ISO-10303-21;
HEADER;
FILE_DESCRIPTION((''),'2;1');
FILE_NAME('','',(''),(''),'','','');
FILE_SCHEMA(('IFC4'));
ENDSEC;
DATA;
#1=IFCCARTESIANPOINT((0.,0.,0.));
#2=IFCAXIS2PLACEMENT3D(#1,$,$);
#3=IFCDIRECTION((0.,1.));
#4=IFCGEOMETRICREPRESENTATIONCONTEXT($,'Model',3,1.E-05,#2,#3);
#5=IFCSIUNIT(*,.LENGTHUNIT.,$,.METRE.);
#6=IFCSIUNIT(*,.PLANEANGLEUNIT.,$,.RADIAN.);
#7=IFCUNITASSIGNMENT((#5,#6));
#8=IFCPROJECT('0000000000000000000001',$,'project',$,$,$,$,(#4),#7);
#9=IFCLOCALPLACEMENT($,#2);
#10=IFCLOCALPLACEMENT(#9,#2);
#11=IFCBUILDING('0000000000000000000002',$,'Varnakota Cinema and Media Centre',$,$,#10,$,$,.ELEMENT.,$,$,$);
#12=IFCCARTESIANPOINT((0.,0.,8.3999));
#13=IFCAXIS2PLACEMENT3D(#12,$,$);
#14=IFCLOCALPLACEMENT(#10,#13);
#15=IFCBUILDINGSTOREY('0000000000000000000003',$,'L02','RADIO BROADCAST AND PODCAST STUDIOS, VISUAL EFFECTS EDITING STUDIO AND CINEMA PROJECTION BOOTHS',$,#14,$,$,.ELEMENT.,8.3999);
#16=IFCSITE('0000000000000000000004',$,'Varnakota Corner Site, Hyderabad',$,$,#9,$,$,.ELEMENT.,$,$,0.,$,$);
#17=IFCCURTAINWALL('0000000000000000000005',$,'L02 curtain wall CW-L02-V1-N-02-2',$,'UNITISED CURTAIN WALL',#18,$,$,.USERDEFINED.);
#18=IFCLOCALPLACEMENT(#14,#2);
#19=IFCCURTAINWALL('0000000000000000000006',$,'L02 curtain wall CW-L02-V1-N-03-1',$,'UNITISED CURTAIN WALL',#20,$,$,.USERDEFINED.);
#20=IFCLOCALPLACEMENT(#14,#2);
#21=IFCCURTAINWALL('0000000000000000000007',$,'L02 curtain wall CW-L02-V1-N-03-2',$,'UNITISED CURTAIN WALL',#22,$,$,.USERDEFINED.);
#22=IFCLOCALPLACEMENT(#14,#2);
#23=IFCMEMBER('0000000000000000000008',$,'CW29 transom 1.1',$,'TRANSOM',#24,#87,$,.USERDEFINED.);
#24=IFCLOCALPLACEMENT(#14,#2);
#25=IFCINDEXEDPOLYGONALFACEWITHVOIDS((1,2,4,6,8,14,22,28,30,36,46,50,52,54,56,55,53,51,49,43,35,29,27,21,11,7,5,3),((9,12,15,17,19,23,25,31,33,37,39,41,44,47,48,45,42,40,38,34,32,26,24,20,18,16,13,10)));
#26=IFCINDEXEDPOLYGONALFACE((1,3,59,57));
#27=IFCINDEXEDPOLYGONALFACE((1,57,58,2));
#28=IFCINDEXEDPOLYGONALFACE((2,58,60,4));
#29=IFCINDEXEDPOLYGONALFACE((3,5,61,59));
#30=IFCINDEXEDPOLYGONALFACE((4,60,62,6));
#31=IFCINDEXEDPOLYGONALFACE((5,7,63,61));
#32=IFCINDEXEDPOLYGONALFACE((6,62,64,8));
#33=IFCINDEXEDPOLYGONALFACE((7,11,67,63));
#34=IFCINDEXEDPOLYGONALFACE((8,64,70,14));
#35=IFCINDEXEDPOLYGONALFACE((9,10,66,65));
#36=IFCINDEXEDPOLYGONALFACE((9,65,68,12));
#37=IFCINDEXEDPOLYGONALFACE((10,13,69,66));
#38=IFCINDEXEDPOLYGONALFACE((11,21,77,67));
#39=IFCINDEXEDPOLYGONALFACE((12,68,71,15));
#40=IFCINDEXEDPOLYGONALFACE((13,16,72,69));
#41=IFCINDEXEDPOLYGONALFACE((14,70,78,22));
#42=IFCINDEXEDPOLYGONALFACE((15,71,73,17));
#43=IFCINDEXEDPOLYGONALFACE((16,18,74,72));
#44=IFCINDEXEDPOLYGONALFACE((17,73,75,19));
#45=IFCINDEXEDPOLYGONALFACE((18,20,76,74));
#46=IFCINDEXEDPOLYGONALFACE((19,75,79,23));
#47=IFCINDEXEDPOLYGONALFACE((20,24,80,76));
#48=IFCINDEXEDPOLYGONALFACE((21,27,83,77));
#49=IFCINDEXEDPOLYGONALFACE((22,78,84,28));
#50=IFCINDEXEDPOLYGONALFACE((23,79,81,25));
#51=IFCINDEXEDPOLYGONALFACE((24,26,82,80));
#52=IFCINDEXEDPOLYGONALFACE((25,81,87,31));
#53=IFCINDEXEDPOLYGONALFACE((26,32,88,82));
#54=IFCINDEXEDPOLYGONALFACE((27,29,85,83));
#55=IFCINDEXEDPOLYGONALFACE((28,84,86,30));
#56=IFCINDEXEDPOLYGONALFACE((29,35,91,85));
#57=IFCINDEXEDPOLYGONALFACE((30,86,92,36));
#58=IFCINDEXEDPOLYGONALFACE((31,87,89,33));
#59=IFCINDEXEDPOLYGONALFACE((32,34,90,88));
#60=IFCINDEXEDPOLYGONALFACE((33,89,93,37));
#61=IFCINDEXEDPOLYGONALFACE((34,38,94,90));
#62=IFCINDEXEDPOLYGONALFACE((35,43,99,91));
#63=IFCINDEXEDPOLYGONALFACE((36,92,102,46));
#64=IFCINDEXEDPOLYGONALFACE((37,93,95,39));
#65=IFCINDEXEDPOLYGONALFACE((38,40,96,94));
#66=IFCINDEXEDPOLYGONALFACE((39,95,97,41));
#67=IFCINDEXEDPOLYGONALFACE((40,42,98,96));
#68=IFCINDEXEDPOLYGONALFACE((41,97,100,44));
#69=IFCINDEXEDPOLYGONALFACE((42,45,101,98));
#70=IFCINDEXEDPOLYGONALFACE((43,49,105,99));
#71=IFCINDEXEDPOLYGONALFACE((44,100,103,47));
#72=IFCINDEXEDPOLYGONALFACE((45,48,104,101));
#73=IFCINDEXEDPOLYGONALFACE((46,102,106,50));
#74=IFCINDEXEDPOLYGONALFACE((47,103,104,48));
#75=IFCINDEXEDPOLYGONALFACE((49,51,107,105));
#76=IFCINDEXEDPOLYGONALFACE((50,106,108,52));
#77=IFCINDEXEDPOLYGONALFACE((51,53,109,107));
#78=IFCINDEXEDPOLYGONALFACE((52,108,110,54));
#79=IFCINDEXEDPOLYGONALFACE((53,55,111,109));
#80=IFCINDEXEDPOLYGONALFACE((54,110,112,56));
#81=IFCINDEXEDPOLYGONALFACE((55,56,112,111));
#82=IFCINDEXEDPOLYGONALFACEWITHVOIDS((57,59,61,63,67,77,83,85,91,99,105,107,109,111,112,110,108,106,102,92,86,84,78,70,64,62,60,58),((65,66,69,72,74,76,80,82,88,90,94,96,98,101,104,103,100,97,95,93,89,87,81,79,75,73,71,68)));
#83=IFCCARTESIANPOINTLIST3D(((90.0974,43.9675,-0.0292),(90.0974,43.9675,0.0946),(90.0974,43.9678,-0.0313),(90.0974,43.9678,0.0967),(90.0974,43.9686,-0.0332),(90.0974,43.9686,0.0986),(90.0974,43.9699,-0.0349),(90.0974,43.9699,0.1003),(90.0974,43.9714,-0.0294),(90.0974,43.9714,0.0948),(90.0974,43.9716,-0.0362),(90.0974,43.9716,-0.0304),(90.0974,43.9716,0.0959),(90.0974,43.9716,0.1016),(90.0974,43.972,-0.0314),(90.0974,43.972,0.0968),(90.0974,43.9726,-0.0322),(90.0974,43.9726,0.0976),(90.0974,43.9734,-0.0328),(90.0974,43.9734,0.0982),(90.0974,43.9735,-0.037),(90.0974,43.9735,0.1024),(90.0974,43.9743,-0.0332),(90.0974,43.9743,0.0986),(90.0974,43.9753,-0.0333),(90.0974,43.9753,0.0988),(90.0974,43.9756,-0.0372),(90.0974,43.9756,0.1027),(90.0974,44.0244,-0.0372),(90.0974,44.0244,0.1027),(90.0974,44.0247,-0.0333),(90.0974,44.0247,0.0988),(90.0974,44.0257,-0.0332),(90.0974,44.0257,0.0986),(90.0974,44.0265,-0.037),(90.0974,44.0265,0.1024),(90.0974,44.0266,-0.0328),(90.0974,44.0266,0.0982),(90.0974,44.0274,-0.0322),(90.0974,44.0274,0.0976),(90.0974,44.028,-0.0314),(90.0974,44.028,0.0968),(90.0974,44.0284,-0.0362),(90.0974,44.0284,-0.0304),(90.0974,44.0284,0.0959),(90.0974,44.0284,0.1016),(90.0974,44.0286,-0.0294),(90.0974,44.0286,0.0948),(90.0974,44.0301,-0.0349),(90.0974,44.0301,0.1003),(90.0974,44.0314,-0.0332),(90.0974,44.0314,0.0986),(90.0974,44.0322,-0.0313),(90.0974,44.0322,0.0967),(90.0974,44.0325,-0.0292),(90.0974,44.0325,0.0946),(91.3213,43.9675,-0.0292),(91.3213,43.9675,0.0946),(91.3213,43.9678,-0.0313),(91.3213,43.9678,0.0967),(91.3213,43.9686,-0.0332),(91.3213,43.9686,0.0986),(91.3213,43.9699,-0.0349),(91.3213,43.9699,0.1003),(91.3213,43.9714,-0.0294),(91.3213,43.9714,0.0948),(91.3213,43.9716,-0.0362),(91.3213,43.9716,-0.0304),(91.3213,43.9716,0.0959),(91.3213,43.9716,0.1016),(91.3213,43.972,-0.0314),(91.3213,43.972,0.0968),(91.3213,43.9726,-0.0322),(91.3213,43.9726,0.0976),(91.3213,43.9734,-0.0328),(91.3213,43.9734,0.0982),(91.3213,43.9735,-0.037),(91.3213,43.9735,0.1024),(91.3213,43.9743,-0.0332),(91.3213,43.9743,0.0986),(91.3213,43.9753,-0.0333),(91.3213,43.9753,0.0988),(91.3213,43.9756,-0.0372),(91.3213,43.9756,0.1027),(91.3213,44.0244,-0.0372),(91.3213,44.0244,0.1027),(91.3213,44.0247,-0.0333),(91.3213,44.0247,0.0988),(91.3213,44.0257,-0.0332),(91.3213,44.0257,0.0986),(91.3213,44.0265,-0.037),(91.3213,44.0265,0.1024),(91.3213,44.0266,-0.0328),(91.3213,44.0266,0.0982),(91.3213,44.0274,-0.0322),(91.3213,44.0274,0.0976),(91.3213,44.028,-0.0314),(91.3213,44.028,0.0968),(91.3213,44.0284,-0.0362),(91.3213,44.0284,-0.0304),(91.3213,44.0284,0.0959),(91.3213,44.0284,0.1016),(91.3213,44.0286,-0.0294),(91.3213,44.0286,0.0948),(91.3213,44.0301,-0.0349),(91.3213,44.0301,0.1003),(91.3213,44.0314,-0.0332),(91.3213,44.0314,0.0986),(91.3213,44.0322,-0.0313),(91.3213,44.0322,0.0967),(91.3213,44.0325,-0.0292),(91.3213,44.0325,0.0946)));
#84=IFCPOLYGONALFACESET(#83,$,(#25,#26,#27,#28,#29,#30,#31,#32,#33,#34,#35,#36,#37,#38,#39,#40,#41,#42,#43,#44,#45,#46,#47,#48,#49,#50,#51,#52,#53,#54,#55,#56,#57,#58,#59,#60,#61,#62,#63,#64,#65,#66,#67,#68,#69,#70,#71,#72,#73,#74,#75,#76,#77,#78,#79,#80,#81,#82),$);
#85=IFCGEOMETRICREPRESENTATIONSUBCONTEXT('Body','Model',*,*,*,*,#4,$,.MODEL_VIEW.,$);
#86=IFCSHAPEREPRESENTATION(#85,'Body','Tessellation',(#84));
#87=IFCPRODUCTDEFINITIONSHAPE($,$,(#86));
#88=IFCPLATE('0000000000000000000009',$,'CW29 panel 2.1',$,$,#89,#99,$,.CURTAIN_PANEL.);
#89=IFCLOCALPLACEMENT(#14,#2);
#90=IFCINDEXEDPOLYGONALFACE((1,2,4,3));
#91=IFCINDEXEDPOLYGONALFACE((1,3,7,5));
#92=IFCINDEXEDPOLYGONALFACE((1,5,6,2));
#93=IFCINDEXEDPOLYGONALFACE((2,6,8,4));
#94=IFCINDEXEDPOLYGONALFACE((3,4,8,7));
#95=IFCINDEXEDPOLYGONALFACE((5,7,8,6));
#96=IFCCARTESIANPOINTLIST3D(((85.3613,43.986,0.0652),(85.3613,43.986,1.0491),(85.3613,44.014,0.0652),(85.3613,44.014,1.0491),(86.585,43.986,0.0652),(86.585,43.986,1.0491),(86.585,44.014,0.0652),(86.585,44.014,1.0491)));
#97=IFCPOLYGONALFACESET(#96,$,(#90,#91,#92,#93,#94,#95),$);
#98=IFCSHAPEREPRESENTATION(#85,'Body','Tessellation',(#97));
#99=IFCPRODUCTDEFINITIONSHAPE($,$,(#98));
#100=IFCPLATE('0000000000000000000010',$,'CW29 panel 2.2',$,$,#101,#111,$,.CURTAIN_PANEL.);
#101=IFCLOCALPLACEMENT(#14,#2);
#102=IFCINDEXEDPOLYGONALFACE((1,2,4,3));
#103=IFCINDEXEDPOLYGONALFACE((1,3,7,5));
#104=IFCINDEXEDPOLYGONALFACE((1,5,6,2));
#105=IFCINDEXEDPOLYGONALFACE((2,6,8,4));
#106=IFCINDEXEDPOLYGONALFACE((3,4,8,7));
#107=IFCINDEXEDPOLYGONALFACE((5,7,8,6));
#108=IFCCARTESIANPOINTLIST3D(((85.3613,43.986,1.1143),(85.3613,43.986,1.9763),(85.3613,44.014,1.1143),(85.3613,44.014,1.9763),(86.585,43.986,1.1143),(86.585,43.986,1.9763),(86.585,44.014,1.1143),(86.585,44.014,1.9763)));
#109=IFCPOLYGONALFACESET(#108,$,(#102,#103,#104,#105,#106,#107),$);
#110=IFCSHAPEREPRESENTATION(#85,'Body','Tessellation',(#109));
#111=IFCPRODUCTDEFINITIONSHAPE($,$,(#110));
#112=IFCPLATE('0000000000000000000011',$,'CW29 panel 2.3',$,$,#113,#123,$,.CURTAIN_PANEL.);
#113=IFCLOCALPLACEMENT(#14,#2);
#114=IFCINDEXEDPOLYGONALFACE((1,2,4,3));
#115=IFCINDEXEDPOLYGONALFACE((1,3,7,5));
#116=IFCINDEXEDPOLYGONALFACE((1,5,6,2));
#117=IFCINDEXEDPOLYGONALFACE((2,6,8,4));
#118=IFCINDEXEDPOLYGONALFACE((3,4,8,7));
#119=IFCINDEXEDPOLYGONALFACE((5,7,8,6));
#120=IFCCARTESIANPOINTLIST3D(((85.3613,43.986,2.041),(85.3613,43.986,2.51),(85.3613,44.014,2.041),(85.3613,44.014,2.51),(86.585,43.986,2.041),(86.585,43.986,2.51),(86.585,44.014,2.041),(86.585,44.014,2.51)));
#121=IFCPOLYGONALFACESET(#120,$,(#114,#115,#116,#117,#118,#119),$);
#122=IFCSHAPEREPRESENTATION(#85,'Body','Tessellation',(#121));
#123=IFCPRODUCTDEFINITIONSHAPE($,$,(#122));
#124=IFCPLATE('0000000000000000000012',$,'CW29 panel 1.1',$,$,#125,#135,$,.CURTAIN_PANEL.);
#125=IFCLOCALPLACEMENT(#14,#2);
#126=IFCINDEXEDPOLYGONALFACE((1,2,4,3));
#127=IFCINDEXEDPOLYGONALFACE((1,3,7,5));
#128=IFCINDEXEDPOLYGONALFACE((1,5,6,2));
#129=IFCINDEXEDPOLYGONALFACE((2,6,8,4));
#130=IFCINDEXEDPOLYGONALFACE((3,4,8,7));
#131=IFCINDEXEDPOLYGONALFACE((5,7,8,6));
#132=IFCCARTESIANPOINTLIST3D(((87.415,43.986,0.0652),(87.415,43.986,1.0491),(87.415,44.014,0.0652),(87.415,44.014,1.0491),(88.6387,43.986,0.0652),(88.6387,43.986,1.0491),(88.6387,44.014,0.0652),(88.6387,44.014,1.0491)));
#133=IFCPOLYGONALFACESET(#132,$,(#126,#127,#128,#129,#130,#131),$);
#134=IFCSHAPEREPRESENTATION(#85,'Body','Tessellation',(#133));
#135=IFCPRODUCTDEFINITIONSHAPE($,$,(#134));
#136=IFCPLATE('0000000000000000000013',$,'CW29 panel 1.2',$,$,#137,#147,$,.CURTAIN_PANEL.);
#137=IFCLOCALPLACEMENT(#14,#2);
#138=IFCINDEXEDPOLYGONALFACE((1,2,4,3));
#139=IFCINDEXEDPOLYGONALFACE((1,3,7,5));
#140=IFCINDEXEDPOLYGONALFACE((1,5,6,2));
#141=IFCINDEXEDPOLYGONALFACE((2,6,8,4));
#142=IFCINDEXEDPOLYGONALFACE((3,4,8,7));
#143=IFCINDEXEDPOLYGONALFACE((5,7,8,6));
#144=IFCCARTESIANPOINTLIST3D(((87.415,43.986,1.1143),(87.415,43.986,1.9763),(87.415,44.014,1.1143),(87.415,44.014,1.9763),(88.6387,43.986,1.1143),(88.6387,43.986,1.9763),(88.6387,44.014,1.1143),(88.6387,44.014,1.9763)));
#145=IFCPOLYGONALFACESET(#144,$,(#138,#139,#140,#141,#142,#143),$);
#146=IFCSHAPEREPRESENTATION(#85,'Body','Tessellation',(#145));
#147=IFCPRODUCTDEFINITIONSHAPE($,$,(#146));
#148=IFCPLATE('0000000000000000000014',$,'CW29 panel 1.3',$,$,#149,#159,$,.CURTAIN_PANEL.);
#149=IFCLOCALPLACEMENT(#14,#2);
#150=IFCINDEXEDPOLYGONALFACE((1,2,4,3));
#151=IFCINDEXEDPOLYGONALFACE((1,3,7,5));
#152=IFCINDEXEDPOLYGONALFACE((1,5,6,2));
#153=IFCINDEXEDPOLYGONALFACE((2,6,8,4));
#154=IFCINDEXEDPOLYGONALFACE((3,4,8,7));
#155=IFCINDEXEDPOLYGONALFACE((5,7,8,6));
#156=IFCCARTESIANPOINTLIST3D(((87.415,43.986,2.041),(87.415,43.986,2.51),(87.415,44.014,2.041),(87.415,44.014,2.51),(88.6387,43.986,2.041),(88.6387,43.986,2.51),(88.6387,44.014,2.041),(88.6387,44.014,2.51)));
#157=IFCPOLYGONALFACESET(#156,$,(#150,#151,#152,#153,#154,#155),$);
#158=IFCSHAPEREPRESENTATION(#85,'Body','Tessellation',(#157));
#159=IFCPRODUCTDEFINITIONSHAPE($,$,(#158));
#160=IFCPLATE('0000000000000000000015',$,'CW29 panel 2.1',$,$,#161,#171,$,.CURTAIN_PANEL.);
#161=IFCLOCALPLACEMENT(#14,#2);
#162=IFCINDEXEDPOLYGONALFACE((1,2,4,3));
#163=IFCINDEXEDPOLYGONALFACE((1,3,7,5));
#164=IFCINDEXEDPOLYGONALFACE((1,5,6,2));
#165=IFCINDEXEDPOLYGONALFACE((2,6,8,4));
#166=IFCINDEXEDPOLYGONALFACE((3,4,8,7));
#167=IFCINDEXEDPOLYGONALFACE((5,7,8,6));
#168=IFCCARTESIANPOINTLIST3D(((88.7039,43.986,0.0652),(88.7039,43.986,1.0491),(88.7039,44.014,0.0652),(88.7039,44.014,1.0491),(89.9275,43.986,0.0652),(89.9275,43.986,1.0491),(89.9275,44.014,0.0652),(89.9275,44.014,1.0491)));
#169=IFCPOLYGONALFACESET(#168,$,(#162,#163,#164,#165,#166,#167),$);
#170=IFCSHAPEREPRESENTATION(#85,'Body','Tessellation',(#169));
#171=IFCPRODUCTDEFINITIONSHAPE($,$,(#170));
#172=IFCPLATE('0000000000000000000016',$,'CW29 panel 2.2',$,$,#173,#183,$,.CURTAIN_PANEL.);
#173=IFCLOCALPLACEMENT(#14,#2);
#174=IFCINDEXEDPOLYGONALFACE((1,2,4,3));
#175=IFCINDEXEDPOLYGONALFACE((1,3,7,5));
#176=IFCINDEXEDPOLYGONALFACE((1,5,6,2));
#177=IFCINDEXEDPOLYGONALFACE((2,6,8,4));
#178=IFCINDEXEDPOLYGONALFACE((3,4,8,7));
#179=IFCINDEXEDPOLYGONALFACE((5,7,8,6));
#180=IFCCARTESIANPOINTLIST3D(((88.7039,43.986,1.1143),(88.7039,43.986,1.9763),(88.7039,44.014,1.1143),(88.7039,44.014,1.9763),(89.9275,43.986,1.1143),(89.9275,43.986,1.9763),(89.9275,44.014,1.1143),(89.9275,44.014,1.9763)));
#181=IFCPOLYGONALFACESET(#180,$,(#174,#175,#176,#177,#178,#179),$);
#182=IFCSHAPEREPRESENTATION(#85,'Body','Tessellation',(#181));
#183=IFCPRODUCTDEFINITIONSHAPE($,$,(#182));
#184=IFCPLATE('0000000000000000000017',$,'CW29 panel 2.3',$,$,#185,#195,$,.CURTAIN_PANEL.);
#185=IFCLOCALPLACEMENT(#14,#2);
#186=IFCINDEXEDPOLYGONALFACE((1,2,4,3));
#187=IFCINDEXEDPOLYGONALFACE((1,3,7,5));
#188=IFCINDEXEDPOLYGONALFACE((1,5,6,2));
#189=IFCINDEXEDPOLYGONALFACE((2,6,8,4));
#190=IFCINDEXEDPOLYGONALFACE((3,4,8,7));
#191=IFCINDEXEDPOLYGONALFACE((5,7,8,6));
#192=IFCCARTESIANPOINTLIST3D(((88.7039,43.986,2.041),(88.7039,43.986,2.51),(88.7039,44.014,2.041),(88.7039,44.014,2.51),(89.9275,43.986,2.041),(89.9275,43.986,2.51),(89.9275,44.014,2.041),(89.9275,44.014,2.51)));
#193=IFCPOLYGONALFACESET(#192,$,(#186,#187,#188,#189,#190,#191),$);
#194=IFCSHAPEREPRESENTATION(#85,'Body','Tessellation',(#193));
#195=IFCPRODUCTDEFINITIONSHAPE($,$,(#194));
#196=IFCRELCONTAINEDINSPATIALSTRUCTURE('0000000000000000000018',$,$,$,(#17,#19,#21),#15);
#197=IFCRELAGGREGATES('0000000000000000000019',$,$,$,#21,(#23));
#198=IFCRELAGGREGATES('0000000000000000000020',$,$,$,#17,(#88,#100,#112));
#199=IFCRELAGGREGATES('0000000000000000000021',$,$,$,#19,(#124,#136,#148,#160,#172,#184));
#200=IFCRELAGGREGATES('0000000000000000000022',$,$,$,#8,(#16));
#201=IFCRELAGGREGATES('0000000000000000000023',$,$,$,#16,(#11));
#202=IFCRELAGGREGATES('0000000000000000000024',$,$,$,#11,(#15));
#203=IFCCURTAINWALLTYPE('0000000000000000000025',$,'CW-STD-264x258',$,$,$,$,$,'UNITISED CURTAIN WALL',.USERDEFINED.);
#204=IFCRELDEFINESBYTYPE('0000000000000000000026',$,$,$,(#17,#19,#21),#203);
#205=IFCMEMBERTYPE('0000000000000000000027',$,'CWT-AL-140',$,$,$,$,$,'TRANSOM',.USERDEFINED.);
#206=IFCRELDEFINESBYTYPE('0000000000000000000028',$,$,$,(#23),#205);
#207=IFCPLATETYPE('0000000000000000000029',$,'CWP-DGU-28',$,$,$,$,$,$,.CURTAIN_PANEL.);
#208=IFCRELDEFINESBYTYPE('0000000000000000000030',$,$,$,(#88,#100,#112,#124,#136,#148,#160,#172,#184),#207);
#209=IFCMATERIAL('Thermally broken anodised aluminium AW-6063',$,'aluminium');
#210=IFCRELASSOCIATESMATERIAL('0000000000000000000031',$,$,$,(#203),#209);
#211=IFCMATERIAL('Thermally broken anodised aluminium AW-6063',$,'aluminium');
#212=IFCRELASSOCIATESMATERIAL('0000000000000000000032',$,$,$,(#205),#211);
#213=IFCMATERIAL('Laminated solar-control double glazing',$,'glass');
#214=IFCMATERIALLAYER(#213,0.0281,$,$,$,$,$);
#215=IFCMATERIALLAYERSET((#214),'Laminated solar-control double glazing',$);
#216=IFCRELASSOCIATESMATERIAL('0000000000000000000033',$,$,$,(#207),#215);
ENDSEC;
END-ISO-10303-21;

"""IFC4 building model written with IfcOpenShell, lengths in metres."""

from ifc_helpers import new_model, si_unit, direction, frame, origin, origin_2d, place, context, subcontext, project, spatial, rectangle, hollow_rectangle, extrude, material, layer, layer_set, material_profile, profile_set, type_object, element, aggregate, save


model = new_model("IFC4")

# Units and contexts
model_context = context("Model", 3, precision=1e-05, world=origin(), true_north=direction((0.0, 1.0)))
body_context = subcontext(model_context, "Body", "Model", "MODEL_VIEW")
ifc_project = project(units=[si_unit("LENGTHUNIT", "METRE"), si_unit("PLANEANGLEUNIT", "RADIAN")], contexts=[model_context])

# Site, building, storey
site_placement = place(None, origin())
site = spatial("IfcSite", under=ifc_project, at=site_placement, Name="Varnakota Corner Site, Hyderabad", CompositionType="ELEMENT", RefElevation=0.0)
building_placement = place(site_placement, origin())
building = spatial("IfcBuilding", under=site, at=building_placement, Name="Varnakota Cinema and Media Centre", CompositionType="ELEMENT")
storey_placement = place(building_placement, frame((0.0, 0.0, 8.3999)))
storey = spatial("IfcBuildingStorey", under=building, at=storey_placement, Name="L02", Description="RADIO BROADCAST AND PODCAST STUDIOS, VISUAL EFFECTS EDITING STUDIO AND CINEMA PROJECTION BOOTHS", CompositionType="ELEMENT", Elevation=8.3999)

# Curtain wall
ifc_material_1 = material(Name="Thermally broken anodised aluminium AW-6063", Category="aluminium")
curtain_wall_type = type_object("IfcCurtainWallType", Name="CW-STD-264x258", ElementType="UNITISED CURTAIN WALL", PredefinedType="USERDEFINED", material=ifc_material_1)
curtain_wall_1_placement = place(storey_placement, origin())
curtain_wall_1 = element("IfcCurtainWall", 1, at=curtain_wall_1_placement, inside=storey, type_object=curtain_wall_type, Name="L02 curtain wall CW-L02-V1-N-02-2", ObjectType="UNITISED CURTAIN WALL", PredefinedType="USERDEFINED")

# Curtain wall
curtain_wall_2_placement = place(storey_placement, origin())
curtain_wall_2 = element("IfcCurtainWall", 2, at=curtain_wall_2_placement, inside=storey, type_object=curtain_wall_type, Name="L02 curtain wall CW-L02-V1-N-03-1", ObjectType="UNITISED CURTAIN WALL", PredefinedType="USERDEFINED")

# Curtain wall
curtain_wall_3_placement = place(storey_placement, origin())
curtain_wall_3 = element("IfcCurtainWall", 3, at=curtain_wall_3_placement, inside=storey, type_object=curtain_wall_type, Name="L02 curtain wall CW-L02-V1-N-03-2", ObjectType="UNITISED CURTAIN WALL", PredefinedType="USERDEFINED")

# Member
ifc_material_2 = material(Name="Thermally broken anodised aluminium AW-6063", Category="aluminium")
ifc_material_profile_1 = material_profile(ifc_material_2, hollow_rectangle(XDim=0.0649, YDim=0.1399, WallThickness=0.0039, InnerFilletRadius=0.0039, OuterFilletRadius=0.0081, at=origin_2d()), Name="AL-TRANSOM 140x65x4")
ifc_profile_set_1 = profile_set([ifc_material_profile_1], Name="Thermally broken anodised aluminium AW-6063")
member_type_1 = type_object("IfcMemberType", Name="CWT-AL-140", ElementType="TRANSOM", PredefinedType="USERDEFINED", material=ifc_profile_set_1)
member_1_placement = place(storey_placement, frame((90.0974, 44.0, 0.0327), z_axis=(1.0, 0.0, 0.0), x_axis=(0.0, 1.0, 0.0)))
member_1 = element("IfcMember", 4, at=member_1_placement, type_object=member_type_1, Name="CW29 transom 1.1", ObjectType="TRANSOM", PredefinedType="USERDEFINED", context=body_context, shape_type="SweptSolid", body=[
    extrude(hollow_rectangle(XDim=0.0649, YDim=0.1399, WallThickness=0.0039, InnerFilletRadius=0.0039, OuterFilletRadius=0.0081, at=origin_2d()), origin(), (0.0, 0.0, 1.0), 1.2239),
])
aggregate(curtain_wall_3, [member_1])

# Plates
ifc_material_3 = material(Name="Laminated solar-control double glazing", Category="glass")
ifc_layer = layer(ifc_material_3, 0.0281)
ifc_layer_set = layer_set([ifc_layer], Name="Laminated solar-control double glazing")
plate_type = type_object("IfcPlateType", Name="CWP-DGU-28", PredefinedType="CURTAIN_PANEL", material=ifc_layer_set)
plate_1_placement = place(storey_placement, frame((85.9731, 44.0, 0.0652), z_axis=(0.0, 0.0, 1.0), x_axis=(1.0, 0.0, 0.0)))
plate_1 = element("IfcPlate", 5, at=plate_1_placement, type_object=plate_type, Name="CW29 panel 2.1", PredefinedType="CURTAIN_PANEL", context=body_context, shape_type="SweptSolid", body=[
    extrude(rectangle(XDim=1.2236, YDim=0.0281, at=origin_2d()), origin(), (0.0, 0.0, 1.0), 0.9839),
])
plate_2_placement = place(storey_placement, frame((85.9731, 44.0, 1.1143), z_axis=(0.0, 0.0, 1.0), x_axis=(1.0, 0.0, 0.0)))
plate_2 = element("IfcPlate", 6, at=plate_2_placement, type_object=plate_type, Name="CW29 panel 2.2", PredefinedType="CURTAIN_PANEL", context=body_context, shape_type="SweptSolid", body=[
    extrude(rectangle(XDim=1.2236, YDim=0.0281, at=origin_2d()), origin(), (0.0, 0.0, 1.0), 0.8621),
])
plate_3_placement = place(storey_placement, frame((85.9731, 44.0, 2.041), z_axis=(0.0, 0.0, 1.0), x_axis=(1.0, 0.0, 0.0)))
plate_3 = element("IfcPlate", 7, at=plate_3_placement, type_object=plate_type, Name="CW29 panel 2.3", PredefinedType="CURTAIN_PANEL", context=body_context, shape_type="SweptSolid", body=[
    extrude(rectangle(XDim=1.2236, YDim=0.0281, at=origin_2d()), origin(), (0.0, 0.0, 1.0), 0.469),
])
aggregate(curtain_wall_1, [plate_1, plate_2, plate_3])
plate_4_placement = place(storey_placement, frame((88.0269, 44.0, 0.0652), z_axis=(0.0, 0.0, 1.0), x_axis=(1.0, 0.0, 0.0)))
plate_4 = element("IfcPlate", 8, at=plate_4_placement, type_object=plate_type, Name="CW29 panel 1.1", PredefinedType="CURTAIN_PANEL", context=body_context, shape_type="SweptSolid", body=[
    extrude(rectangle(XDim=1.2236, YDim=0.0281, at=origin_2d()), origin(), (0.0, 0.0, 1.0), 0.9839),
])
plate_5_placement = place(storey_placement, frame((88.0269, 44.0, 1.1143), z_axis=(0.0, 0.0, 1.0), x_axis=(1.0, 0.0, 0.0)))
plate_5 = element("IfcPlate", 9, at=plate_5_placement, type_object=plate_type, Name="CW29 panel 1.2", PredefinedType="CURTAIN_PANEL", context=body_context, shape_type="SweptSolid", body=[
    extrude(rectangle(XDim=1.2236, YDim=0.0281, at=origin_2d()), origin(), (0.0, 0.0, 1.0), 0.8621),
])
plate_6_placement = place(storey_placement, frame((88.0269, 44.0, 2.041), z_axis=(0.0, 0.0, 1.0), x_axis=(1.0, 0.0, 0.0)))
plate_6 = element("IfcPlate", 10, at=plate_6_placement, type_object=plate_type, Name="CW29 panel 1.3", PredefinedType="CURTAIN_PANEL", context=body_context, shape_type="SweptSolid", body=[
    extrude(rectangle(XDim=1.2236, YDim=0.0281, at=origin_2d()), origin(), (0.0, 0.0, 1.0), 0.469),
])
plate_7_placement = place(storey_placement, frame((89.3157, 44.0, 0.0652), z_axis=(0.0, 0.0, 1.0), x_axis=(1.0, 0.0, 0.0)))
plate_7 = element("IfcPlate", 11, at=plate_7_placement, type_object=plate_type, Name="CW29 panel 2.1", PredefinedType="CURTAIN_PANEL", context=body_context, shape_type="SweptSolid", body=[
    extrude(rectangle(XDim=1.2236, YDim=0.0281, at=origin_2d()), origin(), (0.0, 0.0, 1.0), 0.9839),
])
plate_8_placement = place(storey_placement, frame((89.3157, 44.0, 1.1143), z_axis=(0.0, 0.0, 1.0), x_axis=(1.0, 0.0, 0.0)))
plate_8 = element("IfcPlate", 12, at=plate_8_placement, type_object=plate_type, Name="CW29 panel 2.2", PredefinedType="CURTAIN_PANEL", context=body_context, shape_type="SweptSolid", body=[
    extrude(rectangle(XDim=1.2236, YDim=0.0281, at=origin_2d()), origin(), (0.0, 0.0, 1.0), 0.8621),
])
plate_9_placement = place(storey_placement, frame((89.3157, 44.0, 2.041), z_axis=(0.0, 0.0, 1.0), x_axis=(1.0, 0.0, 0.0)))
plate_9 = element("IfcPlate", 13, at=plate_9_placement, type_object=plate_type, Name="CW29 panel 2.3", PredefinedType="CURTAIN_PANEL", context=body_context, shape_type="SweptSolid", body=[
    extrude(rectangle(XDim=1.2236, YDim=0.0281, at=origin_2d()), origin(), (0.0, 0.0, 1.0), 0.469),
])
aggregate(curtain_wall_2, [plate_4, plate_5, plate_6, plate_7, plate_8, plate_9])

save(model, "model.ifc")
